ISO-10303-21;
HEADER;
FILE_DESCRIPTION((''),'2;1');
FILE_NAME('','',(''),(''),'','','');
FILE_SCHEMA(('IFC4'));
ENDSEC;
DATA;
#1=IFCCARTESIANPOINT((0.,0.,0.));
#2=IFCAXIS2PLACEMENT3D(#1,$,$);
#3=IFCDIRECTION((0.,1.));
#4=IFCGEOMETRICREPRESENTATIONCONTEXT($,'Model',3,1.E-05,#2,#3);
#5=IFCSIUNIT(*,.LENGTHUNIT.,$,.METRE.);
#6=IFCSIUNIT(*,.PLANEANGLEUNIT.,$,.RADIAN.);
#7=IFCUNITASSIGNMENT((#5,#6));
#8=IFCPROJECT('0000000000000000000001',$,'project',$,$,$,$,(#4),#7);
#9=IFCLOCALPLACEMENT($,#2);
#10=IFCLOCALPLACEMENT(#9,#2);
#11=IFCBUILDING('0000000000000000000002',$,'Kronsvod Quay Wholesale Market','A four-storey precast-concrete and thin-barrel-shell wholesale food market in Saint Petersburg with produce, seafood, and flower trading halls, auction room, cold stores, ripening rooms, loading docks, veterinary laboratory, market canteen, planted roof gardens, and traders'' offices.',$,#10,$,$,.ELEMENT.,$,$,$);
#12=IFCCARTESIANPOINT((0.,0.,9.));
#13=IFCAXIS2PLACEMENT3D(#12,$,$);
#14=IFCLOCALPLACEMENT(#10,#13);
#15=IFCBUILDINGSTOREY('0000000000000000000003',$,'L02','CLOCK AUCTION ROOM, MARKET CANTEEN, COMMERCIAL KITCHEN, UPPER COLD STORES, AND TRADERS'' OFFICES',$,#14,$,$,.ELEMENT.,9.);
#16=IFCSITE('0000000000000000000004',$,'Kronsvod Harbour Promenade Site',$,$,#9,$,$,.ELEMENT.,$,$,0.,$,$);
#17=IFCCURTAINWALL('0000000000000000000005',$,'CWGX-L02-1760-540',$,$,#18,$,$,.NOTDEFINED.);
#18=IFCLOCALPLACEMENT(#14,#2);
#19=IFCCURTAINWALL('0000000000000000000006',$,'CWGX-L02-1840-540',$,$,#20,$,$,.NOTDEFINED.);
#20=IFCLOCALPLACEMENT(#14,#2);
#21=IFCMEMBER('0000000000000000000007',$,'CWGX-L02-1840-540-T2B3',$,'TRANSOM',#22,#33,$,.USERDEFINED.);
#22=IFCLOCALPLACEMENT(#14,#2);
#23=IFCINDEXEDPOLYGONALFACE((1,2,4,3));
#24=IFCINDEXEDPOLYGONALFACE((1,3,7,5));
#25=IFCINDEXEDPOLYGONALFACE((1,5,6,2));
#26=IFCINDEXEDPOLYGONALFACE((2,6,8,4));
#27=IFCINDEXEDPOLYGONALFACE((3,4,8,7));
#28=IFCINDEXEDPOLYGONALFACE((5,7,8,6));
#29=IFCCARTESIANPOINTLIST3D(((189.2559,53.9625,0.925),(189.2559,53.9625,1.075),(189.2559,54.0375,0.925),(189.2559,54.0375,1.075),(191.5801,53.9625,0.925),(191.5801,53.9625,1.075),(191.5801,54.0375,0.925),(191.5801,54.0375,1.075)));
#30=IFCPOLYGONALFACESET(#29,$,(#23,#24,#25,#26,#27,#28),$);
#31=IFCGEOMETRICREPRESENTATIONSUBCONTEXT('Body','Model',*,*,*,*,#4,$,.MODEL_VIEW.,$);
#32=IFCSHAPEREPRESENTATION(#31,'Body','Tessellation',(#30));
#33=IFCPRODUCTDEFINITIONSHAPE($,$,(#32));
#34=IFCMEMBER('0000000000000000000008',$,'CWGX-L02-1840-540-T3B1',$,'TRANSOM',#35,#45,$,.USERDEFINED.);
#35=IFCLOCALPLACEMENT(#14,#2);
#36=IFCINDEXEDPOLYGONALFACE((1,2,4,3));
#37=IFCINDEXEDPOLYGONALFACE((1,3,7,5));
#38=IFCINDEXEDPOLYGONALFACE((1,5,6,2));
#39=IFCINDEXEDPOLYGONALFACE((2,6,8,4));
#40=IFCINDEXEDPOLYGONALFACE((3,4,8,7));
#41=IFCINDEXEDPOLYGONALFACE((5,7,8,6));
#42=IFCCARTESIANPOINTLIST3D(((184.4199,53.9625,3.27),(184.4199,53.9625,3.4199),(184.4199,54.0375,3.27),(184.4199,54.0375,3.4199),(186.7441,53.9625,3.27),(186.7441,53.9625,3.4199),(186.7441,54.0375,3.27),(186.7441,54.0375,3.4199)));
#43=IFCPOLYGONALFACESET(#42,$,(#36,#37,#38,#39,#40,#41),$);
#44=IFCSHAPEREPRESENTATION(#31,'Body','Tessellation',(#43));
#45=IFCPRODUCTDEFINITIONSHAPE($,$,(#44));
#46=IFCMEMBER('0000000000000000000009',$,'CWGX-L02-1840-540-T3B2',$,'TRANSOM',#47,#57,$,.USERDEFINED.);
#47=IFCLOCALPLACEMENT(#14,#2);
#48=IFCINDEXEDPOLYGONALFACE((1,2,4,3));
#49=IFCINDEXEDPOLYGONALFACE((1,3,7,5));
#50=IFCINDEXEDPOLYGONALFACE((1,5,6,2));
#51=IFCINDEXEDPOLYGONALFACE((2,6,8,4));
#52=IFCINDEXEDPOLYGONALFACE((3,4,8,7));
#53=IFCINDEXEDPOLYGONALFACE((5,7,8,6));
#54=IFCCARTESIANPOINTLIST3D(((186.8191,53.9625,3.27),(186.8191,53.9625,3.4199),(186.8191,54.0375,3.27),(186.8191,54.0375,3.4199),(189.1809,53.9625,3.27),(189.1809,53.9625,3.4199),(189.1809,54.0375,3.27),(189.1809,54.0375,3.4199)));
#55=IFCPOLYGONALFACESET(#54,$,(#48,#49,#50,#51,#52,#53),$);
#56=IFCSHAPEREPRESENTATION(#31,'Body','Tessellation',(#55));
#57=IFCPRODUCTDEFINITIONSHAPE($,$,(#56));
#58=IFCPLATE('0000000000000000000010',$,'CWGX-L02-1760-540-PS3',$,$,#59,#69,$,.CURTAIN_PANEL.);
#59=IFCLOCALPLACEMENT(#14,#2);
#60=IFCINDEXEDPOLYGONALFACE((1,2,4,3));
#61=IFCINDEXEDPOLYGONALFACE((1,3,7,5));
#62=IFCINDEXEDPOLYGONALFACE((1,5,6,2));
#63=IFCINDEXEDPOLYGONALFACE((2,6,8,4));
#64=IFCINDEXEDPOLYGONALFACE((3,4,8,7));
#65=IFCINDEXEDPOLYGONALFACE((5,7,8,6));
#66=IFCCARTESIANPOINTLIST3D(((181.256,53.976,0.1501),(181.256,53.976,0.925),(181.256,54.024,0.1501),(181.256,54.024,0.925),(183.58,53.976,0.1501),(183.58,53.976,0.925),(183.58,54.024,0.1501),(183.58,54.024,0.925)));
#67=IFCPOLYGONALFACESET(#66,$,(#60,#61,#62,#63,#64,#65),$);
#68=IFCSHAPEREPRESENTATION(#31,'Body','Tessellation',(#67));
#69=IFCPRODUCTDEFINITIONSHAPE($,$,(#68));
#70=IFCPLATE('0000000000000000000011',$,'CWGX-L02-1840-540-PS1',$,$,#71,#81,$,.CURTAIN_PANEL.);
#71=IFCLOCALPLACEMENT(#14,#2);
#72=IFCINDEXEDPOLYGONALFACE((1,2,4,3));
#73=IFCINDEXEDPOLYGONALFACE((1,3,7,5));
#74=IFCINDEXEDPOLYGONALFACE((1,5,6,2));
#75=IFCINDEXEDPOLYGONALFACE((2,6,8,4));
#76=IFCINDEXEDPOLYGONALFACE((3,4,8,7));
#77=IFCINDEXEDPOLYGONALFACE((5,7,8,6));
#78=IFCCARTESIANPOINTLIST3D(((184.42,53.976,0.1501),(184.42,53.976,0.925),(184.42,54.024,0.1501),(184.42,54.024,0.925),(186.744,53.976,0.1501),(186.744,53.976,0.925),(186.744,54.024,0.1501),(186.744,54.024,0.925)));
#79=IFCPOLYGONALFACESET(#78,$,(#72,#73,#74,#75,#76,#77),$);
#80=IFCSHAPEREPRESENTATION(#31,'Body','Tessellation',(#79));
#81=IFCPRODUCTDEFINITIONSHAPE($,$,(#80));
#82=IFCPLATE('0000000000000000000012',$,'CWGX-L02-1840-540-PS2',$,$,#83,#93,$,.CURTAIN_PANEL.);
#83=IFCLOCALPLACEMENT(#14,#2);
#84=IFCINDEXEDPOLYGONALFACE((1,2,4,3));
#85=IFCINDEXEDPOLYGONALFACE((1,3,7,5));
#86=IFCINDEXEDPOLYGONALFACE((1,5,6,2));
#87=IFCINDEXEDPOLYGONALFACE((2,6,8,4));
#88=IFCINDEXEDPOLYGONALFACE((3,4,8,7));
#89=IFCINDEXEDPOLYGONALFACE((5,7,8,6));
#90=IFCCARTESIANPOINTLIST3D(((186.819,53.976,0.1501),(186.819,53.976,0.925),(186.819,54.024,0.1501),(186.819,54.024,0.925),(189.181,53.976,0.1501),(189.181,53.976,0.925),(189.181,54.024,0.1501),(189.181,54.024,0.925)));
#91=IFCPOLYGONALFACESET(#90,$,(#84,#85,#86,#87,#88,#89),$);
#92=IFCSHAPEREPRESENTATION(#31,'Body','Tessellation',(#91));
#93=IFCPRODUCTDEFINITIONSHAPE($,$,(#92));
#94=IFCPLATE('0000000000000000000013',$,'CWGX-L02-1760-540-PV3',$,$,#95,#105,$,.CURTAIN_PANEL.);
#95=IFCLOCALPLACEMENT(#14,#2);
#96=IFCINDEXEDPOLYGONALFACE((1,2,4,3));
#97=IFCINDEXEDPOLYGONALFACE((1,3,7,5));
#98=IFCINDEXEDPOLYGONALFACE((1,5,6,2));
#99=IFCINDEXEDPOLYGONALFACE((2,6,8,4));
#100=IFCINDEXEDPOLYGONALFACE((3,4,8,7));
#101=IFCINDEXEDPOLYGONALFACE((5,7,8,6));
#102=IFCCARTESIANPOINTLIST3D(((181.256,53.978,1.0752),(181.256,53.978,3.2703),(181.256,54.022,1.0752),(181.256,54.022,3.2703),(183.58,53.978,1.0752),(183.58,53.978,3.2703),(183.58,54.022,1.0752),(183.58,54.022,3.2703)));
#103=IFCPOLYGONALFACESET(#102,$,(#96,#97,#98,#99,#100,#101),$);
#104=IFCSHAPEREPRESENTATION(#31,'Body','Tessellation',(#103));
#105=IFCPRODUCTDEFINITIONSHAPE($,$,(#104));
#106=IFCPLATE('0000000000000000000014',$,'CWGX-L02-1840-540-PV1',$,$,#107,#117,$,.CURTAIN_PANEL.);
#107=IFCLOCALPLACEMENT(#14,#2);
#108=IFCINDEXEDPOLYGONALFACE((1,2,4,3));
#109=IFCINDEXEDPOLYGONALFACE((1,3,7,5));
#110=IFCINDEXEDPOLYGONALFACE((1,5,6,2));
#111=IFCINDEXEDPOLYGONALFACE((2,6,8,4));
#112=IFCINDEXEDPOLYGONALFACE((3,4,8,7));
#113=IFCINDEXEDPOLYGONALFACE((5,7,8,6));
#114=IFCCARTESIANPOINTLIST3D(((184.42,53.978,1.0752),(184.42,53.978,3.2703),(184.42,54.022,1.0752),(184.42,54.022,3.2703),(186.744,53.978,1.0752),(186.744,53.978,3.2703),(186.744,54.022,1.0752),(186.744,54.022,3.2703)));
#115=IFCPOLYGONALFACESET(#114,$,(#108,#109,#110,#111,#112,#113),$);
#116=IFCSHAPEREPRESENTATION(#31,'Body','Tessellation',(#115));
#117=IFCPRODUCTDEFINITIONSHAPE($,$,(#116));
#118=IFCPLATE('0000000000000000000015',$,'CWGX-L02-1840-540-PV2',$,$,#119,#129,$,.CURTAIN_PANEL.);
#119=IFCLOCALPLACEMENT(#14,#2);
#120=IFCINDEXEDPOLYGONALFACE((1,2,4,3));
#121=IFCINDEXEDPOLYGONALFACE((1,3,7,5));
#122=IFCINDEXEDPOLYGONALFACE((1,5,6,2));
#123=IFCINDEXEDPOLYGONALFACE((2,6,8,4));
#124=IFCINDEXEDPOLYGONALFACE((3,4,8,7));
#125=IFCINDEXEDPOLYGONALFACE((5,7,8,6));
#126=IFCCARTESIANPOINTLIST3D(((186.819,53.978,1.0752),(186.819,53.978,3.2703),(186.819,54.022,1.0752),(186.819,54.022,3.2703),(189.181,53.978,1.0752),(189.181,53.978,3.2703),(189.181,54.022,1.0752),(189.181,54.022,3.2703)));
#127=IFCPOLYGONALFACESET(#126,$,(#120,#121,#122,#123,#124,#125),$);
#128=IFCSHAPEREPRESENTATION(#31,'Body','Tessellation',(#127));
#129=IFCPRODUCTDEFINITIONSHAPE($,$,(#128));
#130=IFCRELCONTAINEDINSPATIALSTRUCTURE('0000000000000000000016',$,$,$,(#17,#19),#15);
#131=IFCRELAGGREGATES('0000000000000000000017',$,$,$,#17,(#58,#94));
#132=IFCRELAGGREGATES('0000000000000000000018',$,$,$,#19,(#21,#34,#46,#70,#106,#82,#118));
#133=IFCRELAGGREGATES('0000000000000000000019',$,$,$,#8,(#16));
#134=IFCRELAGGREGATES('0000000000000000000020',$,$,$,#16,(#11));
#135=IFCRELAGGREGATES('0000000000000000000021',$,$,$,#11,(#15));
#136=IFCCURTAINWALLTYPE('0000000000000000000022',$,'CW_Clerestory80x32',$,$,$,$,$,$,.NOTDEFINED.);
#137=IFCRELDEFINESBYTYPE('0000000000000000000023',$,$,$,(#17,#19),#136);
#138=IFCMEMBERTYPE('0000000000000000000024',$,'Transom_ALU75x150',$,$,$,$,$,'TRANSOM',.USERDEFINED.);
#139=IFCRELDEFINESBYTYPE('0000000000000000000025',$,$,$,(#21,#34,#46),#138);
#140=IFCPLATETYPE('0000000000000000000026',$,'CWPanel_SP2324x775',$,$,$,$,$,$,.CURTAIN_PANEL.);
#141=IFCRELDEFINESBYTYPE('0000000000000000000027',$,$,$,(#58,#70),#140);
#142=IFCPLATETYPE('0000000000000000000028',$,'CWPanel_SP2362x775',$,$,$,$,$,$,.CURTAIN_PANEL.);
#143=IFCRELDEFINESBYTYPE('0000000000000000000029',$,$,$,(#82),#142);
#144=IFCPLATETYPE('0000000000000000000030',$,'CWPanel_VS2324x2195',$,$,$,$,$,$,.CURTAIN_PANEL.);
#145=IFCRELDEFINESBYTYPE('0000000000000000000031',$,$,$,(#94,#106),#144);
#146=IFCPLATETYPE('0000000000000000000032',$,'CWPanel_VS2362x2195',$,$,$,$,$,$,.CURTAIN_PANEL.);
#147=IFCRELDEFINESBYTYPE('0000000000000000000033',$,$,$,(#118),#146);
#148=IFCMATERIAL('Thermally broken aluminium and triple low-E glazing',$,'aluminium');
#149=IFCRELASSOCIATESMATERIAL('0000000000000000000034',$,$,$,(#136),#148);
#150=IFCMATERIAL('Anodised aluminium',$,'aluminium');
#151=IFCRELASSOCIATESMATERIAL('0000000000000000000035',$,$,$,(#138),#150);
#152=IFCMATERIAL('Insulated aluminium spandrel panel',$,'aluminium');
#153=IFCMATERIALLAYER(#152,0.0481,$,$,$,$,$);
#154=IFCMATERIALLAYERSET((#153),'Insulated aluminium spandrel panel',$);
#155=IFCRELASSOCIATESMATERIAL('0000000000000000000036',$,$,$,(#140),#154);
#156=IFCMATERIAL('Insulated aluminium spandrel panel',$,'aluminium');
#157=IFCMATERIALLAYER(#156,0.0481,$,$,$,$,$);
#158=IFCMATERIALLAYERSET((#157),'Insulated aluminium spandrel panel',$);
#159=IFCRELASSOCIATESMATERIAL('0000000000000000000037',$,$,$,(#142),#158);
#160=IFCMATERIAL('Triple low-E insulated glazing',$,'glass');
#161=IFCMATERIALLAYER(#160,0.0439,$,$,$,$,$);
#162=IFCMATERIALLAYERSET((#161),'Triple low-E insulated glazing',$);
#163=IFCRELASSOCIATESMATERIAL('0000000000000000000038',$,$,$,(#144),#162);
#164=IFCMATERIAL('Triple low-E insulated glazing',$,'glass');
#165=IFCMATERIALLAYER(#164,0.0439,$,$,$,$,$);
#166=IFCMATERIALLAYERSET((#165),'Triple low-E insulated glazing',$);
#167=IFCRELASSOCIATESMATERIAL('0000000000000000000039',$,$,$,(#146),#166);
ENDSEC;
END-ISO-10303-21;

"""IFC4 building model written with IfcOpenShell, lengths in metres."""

from ifc_helpers import new_model, si_unit, direction, frame, origin, origin_2d, place, context, subcontext, project, spatial, rectangle, extrude, material, layer, layer_set, material_profile, profile_set, type_object, element, aggregate, save


model = new_model("IFC4")

# Units and contexts
model_context = context("Model", 3, precision=1e-05, world=origin(), true_north=direction((0.0, 1.0)))
body_context = subcontext(model_context, "Body", "Model", "MODEL_VIEW")
ifc_project = project(units=[si_unit("LENGTHUNIT", "METRE"), si_unit("PLANEANGLEUNIT", "RADIAN")], contexts=[model_context])

# Site, building, storey
site_placement = place(None, origin())
site = spatial("IfcSite", under=ifc_project, at=site_placement, Name="Kronsvod Harbour Promenade Site", CompositionType="ELEMENT", RefElevation=0.0)
building_placement = place(site_placement, origin())
building = spatial("IfcBuilding", under=site, at=building_placement, Name="Kronsvod Quay Wholesale Market", Description="A four-storey precast-concrete and thin-barrel-shell wholesale food market in Saint Petersburg with produce, seafood, and flower trading halls, auction room, cold stores, ripening rooms, loading docks, veterinary laboratory, market canteen, planted roof gardens, and traders' offices.", CompositionType="ELEMENT")
storey_placement = place(building_placement, frame((0.0, 0.0, 9.0)))
storey = spatial("IfcBuildingStorey", under=building, at=storey_placement, Name="L02", Description="CLOCK AUCTION ROOM, MARKET CANTEEN, COMMERCIAL KITCHEN, UPPER COLD STORES, AND TRADERS' OFFICES", CompositionType="ELEMENT", Elevation=9.0)

# Curtain wall
ifc_material_1 = material(Name="Thermally broken aluminium and triple low-E glazing", Category="aluminium")
curtain_wall_type = type_object("IfcCurtainWallType", Name="CW_Clerestory80x32", PredefinedType="NOTDEFINED", material=ifc_material_1)
curtain_wall_1_placement = place(storey_placement, origin())
curtain_wall_1 = element("IfcCurtainWall", 1, at=curtain_wall_1_placement, inside=storey, type_object=curtain_wall_type, Name="CWGX-L02-1760-540", PredefinedType="NOTDEFINED")

# Curtain wall
curtain_wall_2_placement = place(storey_placement, origin())
curtain_wall_2 = element("IfcCurtainWall", 2, at=curtain_wall_2_placement, inside=storey, type_object=curtain_wall_type, Name="CWGX-L02-1840-540", PredefinedType="NOTDEFINED")

# Members
ifc_material_2 = material(Name="Anodised aluminium", Category="aluminium")
ifc_material_profile_1 = material_profile(ifc_material_2, rectangle(XDim=0.075, YDim=0.1499, at=origin_2d()), Name="ALUT75x150")
ifc_profile_set_1 = profile_set([ifc_material_profile_1], Name="Anodised aluminium")
member_type_1 = type_object("IfcMemberType", Name="Transom_ALU75x150", ElementType="TRANSOM", PredefinedType="USERDEFINED", material=ifc_profile_set_1)
member_1_placement = place(storey_placement, frame((189.2559, 54.0, 1.0), z_axis=(1.0, 0.0, 0.0), x_axis=(0.0, 1.0, 0.0)))
member_1 = element("IfcMember", 3, at=member_1_placement, type_object=member_type_1, Name="CWGX-L02-1840-540-T2B3", ObjectType="TRANSOM", PredefinedType="USERDEFINED", context=body_context, shape_type="SweptSolid", body=[
    extrude(rectangle(XDim=0.075, YDim=0.1499, at=origin_2d()), origin(), (0.0, 0.0, 1.0), 2.3242),
])
member_2_placement = place(storey_placement, frame((184.4199, 54.0, 3.345), z_axis=(1.0, 0.0, 0.0), x_axis=(0.0, 1.0, 0.0)))
member_2 = element("IfcMember", 4, at=member_2_placement, type_object=member_type_1, Name="CWGX-L02-1840-540-T3B1", ObjectType="TRANSOM", PredefinedType="USERDEFINED", context=body_context, shape_type="SweptSolid", body=[
    extrude(rectangle(XDim=0.075, YDim=0.1499, at=origin_2d()), origin(), (0.0, 0.0, 1.0), 2.3242),
])
member_3_placement = place(storey_placement, frame((186.8191, 54.0, 3.345), z_axis=(1.0, 0.0, 0.0), x_axis=(0.0, 1.0, 0.0)))
member_3 = element("IfcMember", 5, at=member_3_placement, type_object=member_type_1, Name="CWGX-L02-1840-540-T3B2", ObjectType="TRANSOM", PredefinedType="USERDEFINED", context=body_context, shape_type="SweptSolid", body=[
    extrude(rectangle(XDim=0.075, YDim=0.1499, at=origin_2d()), origin(), (0.0, 0.0, 1.0), 2.3618),
])

# Plates
ifc_material_3 = material(Name="Insulated aluminium spandrel panel", Category="aluminium")
ifc_layer_1 = layer(ifc_material_3, 0.0481)
ifc_layer_set_1 = layer_set([ifc_layer_1], Name="Insulated aluminium spandrel panel")
plate_type_1 = type_object("IfcPlateType", Name="CWPanel_SP2324x775", PredefinedType="CURTAIN_PANEL", material=ifc_layer_set_1)
plate_1_placement = place(storey_placement, frame((182.418, 54.0, 0.1501), z_axis=(0.0, 0.0, 1.0), x_axis=(1.0, 0.0, 0.0)))
plate_1 = element("IfcPlate", 6, at=plate_1_placement, type_object=plate_type_1, Name="CWGX-L02-1760-540-PS3", PredefinedType="CURTAIN_PANEL", context=body_context, shape_type="SweptSolid", body=[
    extrude(rectangle(XDim=2.324, YDim=0.0481, at=origin_2d()), origin(), (0.0, 0.0, 1.0), 0.7749),
])
plate_2_placement = place(storey_placement, frame((185.582, 54.0, 0.1501), z_axis=(0.0, 0.0, 1.0), x_axis=(1.0, 0.0, 0.0)))
plate_2 = element("IfcPlate", 7, at=plate_2_placement, type_object=plate_type_1, Name="CWGX-L02-1840-540-PS1", PredefinedType="CURTAIN_PANEL", context=body_context, shape_type="SweptSolid", body=[
    extrude(rectangle(XDim=2.324, YDim=0.0481, at=origin_2d()), origin(), (0.0, 0.0, 1.0), 0.7749),
])
ifc_material_4 = material(Name="Insulated aluminium spandrel panel", Category="aluminium")
ifc_layer_2 = layer(ifc_material_4, 0.0481)
ifc_layer_set_2 = layer_set([ifc_layer_2], Name="Insulated aluminium spandrel panel")
plate_type_2 = type_object("IfcPlateType", Name="CWPanel_SP2362x775", PredefinedType="CURTAIN_PANEL", material=ifc_layer_set_2)
plate_3_placement = place(storey_placement, frame((188.0, 54.0, 0.1501), z_axis=(0.0, 0.0, 1.0), x_axis=(1.0, 0.0, 0.0)))
plate_3 = element("IfcPlate", 8, at=plate_3_placement, type_object=plate_type_2, Name="CWGX-L02-1840-540-PS2", PredefinedType="CURTAIN_PANEL", context=body_context, shape_type="SweptSolid", body=[
    extrude(rectangle(XDim=2.3621, YDim=0.0481, at=origin_2d()), origin(), (0.0, 0.0, 1.0), 0.7749),
])
ifc_material_5 = material(Name="Triple low-E insulated glazing", Category="glass")
ifc_layer_3 = layer(ifc_material_5, 0.0439)
ifc_layer_set_3 = layer_set([ifc_layer_3], Name="Triple low-E insulated glazing")
plate_type_3 = type_object("IfcPlateType", Name="CWPanel_VS2324x2195", PredefinedType="CURTAIN_PANEL", material=ifc_layer_set_3)
plate_4_placement = place(storey_placement, frame((182.418, 54.0, 1.0752), z_axis=(0.0, 0.0, 1.0), x_axis=(1.0, 0.0, 0.0)))
plate_4 = element("IfcPlate", 9, at=plate_4_placement, type_object=plate_type_3, Name="CWGX-L02-1760-540-PV3", PredefinedType="CURTAIN_PANEL", context=body_context, shape_type="SweptSolid", body=[
    extrude(rectangle(XDim=2.324, YDim=0.0439, at=origin_2d()), origin(), (0.0, 0.0, 1.0), 2.1951),
])
aggregate(curtain_wall_1, [plate_1, plate_4])
plate_5_placement = place(storey_placement, frame((185.582, 54.0, 1.0752), z_axis=(0.0, 0.0, 1.0), x_axis=(1.0, 0.0, 0.0)))
plate_5 = element("IfcPlate", 10, at=plate_5_placement, type_object=plate_type_3, Name="CWGX-L02-1840-540-PV1", PredefinedType="CURTAIN_PANEL", context=body_context, shape_type="SweptSolid", body=[
    extrude(rectangle(XDim=2.324, YDim=0.0439, at=origin_2d()), origin(), (0.0, 0.0, 1.0), 2.1951),
])
ifc_material_6 = material(Name="Triple low-E insulated glazing", Category="glass")
ifc_layer_4 = layer(ifc_material_6, 0.0439)
ifc_layer_set_4 = layer_set([ifc_layer_4], Name="Triple low-E insulated glazing")
plate_type_4 = type_object("IfcPlateType", Name="CWPanel_VS2362x2195", PredefinedType="CURTAIN_PANEL", material=ifc_layer_set_4)
plate_6_placement = place(storey_placement, frame((188.0, 54.0, 1.0752), z_axis=(0.0, 0.0, 1.0), x_axis=(1.0, 0.0, 0.0)))
plate_6 = element("IfcPlate", 11, at=plate_6_placement, type_object=plate_type_4, Name="CWGX-L02-1840-540-PV2", PredefinedType="CURTAIN_PANEL", context=body_context, shape_type="SweptSolid", body=[
    extrude(rectangle(XDim=2.3621, YDim=0.0439, at=origin_2d()), origin(), (0.0, 0.0, 1.0), 2.1951),
])
aggregate(curtain_wall_2, [member_1, member_2, member_3, plate_2, plate_5, plate_3, plate_6])

save(model, "model.ifc")
